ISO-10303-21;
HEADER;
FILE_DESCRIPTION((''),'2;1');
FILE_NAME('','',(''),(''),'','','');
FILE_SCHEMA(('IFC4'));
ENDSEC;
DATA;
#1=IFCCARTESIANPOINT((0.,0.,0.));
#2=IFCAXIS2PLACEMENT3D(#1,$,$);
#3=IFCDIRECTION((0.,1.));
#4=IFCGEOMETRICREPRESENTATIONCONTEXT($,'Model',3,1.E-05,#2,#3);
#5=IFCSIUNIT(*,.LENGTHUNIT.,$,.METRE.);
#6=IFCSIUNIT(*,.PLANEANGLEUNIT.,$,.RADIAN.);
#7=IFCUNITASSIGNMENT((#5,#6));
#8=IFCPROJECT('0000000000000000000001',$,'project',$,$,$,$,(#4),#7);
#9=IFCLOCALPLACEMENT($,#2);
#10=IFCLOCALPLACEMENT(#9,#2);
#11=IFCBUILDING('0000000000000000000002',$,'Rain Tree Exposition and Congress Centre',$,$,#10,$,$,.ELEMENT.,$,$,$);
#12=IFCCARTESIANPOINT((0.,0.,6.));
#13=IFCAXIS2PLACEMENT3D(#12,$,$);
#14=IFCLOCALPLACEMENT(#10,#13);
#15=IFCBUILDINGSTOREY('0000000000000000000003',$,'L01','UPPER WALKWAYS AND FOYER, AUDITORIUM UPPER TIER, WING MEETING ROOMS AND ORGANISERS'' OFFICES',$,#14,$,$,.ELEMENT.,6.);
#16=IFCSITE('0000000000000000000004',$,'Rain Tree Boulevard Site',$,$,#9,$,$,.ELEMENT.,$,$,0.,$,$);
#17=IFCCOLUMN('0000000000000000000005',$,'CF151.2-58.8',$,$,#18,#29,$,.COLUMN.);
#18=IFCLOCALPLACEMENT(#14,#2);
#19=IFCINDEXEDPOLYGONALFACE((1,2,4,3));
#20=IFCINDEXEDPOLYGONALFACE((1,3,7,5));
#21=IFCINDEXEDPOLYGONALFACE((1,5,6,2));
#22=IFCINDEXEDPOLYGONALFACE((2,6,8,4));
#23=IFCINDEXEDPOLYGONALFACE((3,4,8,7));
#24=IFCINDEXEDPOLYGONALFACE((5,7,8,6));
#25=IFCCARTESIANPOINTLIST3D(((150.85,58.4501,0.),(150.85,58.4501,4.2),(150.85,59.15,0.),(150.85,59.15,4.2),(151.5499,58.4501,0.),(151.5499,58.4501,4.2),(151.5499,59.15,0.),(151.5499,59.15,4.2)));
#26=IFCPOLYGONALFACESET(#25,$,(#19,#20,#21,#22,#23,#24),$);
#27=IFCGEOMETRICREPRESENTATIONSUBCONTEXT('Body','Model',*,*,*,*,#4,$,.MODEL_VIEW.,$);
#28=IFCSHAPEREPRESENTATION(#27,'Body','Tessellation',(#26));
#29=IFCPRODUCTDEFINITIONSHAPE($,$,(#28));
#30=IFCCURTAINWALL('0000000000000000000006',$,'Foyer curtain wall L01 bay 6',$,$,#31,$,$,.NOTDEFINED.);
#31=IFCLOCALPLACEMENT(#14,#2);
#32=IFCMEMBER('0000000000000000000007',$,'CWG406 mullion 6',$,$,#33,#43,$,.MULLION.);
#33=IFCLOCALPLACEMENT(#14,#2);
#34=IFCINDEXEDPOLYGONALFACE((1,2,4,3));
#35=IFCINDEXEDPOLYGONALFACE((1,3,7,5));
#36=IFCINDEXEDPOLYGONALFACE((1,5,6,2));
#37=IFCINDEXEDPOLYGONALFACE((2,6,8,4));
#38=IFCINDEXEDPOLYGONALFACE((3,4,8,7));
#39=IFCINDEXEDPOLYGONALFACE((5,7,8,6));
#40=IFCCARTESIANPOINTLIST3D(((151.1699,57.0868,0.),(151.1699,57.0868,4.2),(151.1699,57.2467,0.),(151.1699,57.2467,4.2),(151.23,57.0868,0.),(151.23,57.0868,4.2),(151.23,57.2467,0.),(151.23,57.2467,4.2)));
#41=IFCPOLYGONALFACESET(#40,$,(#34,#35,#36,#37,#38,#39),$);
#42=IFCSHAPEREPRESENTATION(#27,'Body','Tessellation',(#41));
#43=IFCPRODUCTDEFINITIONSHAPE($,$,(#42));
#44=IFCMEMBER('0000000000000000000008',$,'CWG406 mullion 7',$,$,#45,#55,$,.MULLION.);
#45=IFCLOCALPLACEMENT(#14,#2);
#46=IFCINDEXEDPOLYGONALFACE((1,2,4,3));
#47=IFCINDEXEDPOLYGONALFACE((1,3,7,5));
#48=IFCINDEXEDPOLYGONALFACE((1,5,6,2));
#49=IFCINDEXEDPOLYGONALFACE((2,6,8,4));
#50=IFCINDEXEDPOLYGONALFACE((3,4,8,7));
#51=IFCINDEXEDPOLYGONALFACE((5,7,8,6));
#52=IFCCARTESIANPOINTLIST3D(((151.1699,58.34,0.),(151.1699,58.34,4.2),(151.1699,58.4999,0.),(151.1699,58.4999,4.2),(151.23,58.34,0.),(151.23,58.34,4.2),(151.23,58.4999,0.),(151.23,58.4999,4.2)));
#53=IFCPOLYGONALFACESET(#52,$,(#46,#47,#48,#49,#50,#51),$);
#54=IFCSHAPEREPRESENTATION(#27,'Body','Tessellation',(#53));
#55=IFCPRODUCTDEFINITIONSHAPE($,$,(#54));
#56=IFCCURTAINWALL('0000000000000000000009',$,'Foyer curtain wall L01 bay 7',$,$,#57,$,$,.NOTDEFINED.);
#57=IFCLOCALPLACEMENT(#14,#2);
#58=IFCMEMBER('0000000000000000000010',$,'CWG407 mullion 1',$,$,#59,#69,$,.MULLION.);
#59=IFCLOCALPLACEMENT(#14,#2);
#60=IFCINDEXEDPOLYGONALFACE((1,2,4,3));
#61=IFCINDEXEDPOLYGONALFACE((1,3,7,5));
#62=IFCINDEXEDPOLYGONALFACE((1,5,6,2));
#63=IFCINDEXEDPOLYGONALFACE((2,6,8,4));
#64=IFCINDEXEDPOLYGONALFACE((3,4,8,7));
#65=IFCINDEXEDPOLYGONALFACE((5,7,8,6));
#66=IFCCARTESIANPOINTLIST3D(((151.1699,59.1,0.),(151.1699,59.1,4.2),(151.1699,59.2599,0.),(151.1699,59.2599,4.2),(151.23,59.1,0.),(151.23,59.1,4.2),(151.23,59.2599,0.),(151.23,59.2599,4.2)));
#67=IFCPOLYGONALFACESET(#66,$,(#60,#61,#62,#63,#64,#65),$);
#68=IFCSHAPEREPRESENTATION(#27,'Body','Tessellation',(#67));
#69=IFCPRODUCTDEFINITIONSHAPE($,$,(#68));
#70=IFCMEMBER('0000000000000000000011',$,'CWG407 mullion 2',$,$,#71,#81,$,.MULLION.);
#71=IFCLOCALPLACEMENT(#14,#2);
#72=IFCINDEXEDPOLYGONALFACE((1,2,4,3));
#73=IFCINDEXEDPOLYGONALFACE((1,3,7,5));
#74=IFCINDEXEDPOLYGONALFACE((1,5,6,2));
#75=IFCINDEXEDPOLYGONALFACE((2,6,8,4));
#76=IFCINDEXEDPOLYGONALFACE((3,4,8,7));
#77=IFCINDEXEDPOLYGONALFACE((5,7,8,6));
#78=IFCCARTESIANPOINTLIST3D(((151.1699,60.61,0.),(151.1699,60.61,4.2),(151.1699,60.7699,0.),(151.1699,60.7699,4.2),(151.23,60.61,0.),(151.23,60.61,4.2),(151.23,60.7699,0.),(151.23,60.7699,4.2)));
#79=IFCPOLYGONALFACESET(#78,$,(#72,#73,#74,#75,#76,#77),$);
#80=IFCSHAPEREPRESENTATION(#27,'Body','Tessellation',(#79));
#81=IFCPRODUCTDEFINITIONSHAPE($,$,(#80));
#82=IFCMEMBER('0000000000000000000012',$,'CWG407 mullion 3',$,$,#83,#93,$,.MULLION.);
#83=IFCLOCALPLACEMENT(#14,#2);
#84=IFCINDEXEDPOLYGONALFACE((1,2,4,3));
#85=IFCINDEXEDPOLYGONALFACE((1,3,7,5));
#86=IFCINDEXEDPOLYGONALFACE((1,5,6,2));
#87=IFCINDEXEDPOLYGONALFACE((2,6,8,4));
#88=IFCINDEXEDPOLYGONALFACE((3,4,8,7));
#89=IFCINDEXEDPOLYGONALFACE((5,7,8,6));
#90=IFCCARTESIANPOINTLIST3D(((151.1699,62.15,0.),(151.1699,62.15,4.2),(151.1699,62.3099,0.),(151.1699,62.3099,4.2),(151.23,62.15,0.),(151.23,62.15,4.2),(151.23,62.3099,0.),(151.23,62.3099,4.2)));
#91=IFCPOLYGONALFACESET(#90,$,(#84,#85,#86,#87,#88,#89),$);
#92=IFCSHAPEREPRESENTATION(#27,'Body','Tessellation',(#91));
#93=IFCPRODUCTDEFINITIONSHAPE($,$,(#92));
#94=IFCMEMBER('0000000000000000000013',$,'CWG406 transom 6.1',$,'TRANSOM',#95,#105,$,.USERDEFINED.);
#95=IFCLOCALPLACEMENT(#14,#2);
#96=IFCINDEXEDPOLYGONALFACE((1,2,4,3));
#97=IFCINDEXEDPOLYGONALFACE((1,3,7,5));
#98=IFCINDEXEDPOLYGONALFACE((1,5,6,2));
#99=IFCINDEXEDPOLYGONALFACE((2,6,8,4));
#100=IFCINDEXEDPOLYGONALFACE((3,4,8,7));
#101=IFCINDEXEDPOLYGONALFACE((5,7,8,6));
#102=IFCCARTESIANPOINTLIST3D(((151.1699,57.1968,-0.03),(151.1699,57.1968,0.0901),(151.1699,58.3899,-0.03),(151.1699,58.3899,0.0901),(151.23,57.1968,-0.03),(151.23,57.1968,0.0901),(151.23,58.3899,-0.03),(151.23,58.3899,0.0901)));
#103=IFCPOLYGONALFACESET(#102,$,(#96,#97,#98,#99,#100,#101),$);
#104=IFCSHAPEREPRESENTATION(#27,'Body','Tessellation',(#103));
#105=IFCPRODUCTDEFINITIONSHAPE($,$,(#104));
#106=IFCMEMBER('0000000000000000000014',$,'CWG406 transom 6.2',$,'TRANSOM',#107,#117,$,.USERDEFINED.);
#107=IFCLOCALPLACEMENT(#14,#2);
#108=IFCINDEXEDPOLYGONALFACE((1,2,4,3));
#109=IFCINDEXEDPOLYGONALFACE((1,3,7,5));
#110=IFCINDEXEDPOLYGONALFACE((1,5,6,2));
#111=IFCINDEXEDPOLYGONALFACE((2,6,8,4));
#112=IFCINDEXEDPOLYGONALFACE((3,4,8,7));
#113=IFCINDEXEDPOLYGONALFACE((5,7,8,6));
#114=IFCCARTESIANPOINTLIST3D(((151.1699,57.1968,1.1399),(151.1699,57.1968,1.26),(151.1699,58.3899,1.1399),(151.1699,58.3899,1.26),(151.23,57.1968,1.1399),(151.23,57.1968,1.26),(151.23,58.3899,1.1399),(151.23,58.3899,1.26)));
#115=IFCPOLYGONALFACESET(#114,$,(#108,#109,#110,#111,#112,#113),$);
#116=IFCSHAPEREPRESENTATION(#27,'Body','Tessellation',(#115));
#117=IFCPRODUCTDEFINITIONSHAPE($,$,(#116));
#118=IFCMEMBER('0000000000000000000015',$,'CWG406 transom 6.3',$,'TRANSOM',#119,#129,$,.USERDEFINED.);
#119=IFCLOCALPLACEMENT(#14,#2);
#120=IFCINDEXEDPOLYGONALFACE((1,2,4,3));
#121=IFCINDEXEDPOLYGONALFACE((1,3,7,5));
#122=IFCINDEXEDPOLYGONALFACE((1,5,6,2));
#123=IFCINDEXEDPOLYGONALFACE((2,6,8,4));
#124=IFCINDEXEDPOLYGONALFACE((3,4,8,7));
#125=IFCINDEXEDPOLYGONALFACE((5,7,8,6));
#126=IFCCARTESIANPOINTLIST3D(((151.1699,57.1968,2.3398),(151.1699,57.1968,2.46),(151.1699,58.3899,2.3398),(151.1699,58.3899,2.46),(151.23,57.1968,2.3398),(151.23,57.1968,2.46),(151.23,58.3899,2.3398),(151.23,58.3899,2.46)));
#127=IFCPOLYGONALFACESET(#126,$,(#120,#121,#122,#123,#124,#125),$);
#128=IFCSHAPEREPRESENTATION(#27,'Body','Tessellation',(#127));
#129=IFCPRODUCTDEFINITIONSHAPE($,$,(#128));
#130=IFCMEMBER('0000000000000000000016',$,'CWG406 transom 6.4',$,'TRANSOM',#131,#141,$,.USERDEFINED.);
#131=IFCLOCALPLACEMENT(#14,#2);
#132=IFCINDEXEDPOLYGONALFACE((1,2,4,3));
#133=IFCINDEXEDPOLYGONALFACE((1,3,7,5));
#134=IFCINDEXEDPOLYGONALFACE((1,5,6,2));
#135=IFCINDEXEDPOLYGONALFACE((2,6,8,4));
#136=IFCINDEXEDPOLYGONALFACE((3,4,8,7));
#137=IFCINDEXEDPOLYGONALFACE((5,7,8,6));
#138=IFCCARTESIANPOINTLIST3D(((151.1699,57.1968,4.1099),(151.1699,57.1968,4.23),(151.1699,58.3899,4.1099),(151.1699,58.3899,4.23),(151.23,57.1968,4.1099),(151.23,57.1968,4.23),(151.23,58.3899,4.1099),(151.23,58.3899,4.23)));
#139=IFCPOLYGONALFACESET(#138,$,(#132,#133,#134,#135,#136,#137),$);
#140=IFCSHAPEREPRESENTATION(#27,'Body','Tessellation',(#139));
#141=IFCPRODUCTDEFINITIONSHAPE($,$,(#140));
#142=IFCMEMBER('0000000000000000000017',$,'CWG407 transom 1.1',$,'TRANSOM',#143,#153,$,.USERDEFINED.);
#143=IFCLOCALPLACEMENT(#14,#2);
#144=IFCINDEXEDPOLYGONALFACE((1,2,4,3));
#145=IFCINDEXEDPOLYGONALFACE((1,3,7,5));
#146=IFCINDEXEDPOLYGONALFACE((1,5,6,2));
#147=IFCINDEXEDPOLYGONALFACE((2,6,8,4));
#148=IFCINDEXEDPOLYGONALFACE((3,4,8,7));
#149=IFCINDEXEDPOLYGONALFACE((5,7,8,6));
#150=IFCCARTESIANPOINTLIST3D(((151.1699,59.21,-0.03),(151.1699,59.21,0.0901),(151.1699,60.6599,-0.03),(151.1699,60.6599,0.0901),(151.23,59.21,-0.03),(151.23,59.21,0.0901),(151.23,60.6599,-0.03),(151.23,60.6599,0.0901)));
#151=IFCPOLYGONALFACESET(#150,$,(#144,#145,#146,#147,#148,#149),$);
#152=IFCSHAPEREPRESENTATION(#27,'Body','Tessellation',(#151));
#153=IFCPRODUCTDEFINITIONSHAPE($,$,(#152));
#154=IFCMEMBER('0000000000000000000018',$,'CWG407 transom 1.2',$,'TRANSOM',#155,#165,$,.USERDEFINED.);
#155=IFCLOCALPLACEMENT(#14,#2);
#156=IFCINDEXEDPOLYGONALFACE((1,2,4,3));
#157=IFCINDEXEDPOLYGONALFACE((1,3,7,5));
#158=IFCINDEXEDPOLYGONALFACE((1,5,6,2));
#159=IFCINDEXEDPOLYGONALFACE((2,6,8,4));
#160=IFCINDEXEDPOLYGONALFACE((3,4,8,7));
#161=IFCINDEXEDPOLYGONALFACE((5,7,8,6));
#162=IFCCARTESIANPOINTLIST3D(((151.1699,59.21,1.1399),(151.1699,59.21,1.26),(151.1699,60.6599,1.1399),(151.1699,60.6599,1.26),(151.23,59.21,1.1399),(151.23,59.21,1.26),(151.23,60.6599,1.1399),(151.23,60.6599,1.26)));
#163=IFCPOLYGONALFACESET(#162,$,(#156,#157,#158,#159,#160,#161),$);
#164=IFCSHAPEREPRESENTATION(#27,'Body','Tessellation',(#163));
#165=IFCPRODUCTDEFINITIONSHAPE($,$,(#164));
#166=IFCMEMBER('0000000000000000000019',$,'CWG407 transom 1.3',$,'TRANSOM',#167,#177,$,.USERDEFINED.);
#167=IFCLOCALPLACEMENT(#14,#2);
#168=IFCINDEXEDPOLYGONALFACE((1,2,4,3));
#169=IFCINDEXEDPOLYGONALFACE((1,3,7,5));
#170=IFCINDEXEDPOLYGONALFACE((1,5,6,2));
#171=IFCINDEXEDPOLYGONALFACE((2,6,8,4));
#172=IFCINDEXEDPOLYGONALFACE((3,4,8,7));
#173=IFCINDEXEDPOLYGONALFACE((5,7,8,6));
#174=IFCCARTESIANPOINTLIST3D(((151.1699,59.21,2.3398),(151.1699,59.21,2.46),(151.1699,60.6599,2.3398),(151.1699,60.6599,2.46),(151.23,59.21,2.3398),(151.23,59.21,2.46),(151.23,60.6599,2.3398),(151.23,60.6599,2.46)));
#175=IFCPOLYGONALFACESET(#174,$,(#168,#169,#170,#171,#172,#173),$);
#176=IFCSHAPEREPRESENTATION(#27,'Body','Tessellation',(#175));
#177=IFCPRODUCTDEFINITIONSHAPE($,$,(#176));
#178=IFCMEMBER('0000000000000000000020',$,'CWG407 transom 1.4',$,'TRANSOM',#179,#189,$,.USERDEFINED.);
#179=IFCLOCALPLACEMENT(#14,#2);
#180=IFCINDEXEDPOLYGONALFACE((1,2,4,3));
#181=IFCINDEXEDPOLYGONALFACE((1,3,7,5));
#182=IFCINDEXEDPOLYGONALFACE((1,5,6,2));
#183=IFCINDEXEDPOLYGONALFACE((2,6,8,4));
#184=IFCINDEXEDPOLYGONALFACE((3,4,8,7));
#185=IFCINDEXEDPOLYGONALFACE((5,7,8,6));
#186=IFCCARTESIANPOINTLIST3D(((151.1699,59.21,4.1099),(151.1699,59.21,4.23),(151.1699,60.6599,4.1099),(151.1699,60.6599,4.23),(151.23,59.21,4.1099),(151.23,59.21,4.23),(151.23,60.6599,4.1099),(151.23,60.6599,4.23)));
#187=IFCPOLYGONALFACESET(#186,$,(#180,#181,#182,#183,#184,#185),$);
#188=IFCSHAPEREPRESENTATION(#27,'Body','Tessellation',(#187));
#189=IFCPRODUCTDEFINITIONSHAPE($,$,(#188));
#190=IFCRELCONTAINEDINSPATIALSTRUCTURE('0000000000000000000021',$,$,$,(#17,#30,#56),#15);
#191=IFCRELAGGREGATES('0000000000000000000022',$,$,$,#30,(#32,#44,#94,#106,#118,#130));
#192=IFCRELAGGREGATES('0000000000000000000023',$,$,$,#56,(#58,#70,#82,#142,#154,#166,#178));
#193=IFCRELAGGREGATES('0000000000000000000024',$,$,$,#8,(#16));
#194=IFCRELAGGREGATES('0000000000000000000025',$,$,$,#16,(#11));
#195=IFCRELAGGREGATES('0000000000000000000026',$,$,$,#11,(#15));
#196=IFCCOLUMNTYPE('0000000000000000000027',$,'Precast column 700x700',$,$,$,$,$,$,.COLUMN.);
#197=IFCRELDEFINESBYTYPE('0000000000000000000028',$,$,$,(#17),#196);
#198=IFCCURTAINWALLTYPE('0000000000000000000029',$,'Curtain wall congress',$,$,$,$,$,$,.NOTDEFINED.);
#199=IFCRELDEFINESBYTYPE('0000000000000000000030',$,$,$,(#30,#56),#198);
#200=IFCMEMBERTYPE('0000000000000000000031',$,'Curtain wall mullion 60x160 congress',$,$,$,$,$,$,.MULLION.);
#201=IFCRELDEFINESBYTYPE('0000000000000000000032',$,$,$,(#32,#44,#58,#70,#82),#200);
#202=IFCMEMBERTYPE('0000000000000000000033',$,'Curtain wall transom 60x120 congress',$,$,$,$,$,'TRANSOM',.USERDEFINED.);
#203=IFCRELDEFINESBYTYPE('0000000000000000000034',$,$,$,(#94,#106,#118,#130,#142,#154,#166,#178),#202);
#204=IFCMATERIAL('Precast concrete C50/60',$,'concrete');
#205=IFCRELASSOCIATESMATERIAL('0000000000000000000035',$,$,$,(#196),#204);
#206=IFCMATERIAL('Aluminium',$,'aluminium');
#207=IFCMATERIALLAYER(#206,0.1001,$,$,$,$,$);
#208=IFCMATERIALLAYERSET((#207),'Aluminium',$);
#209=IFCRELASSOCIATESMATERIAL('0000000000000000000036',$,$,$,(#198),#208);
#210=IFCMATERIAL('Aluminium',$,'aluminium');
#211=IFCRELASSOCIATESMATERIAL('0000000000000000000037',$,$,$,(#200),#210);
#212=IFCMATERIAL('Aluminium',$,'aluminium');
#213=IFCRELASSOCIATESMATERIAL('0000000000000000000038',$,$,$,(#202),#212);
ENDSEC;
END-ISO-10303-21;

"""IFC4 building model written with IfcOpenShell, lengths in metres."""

from ifc_helpers import new_model, si_unit, direction, frame, origin, origin_2d, place, context, subcontext, project, spatial, rectangle, extrude, material, layer, layer_set, material_profile, profile_set, type_object, element, aggregate, save


model = new_model("IFC4")

# Units and contexts
model_context = context("Model", 3, precision=1e-05, world=origin(), true_north=direction((0.0, 1.0)))
body_context = subcontext(model_context, "Body", "Model", "MODEL_VIEW")
ifc_project = project(units=[si_unit("LENGTHUNIT", "METRE"), si_unit("PLANEANGLEUNIT", "RADIAN")], contexts=[model_context])

# Site, building, storey
site_placement = place(None, origin())
site = spatial("IfcSite", under=ifc_project, at=site_placement, Name="Rain Tree Boulevard Site", CompositionType="ELEMENT", RefElevation=0.0)
building_placement = place(site_placement, origin())
building = spatial("IfcBuilding", under=site, at=building_placement, Name="Rain Tree Exposition and Congress Centre", CompositionType="ELEMENT")
storey_placement = place(building_placement, frame((0.0, 0.0, 6.0)))
storey = spatial("IfcBuildingStorey", under=building, at=storey_placement, Name="L01", Description="UPPER WALKWAYS AND FOYER, AUDITORIUM UPPER TIER, WING MEETING ROOMS AND ORGANISERS' OFFICES", CompositionType="ELEMENT", Elevation=6.0)

# Column
ifc_material_1 = material(Name="Precast concrete C50/60", Category="concrete")
ifc_material_profile_1 = material_profile(ifc_material_1, rectangle(XDim=0.7, YDim=0.7, at=origin_2d()), Name="RC 700x700")
ifc_profile_set_1 = profile_set([ifc_material_profile_1], Name="Precast concrete C50/60")
column_type = type_object("IfcColumnType", Name="Precast column 700x700", PredefinedType="COLUMN", material=ifc_profile_set_1)
column_placement = place(storey_placement, frame((151.2, 58.8, 0.0), z_axis=(0.0, 0.0, 1.0), x_axis=(1.0, 0.0, 0.0)))
element("IfcColumn", 1, at=column_placement, inside=storey, type_object=column_type, Name="CF151.2-58.8", PredefinedType="COLUMN", context=body_context, shape_type="SweptSolid", body=[
    extrude(rectangle(XDim=0.7, YDim=0.7, at=origin_2d()), origin(), (0.0, 0.0, 1.0), 4.2),
])

# Curtain walls, members
ifc_material_2 = material(Name="Aluminium", Category="aluminium")
ifc_layer_1 = layer(ifc_material_2, 0.1001)
ifc_layer_set_1 = layer_set([ifc_layer_1], Name="Aluminium")
curtain_wall_type = type_object("IfcCurtainWallType", Name="Curtain wall congress", PredefinedType="NOTDEFINED", material=ifc_layer_set_1)
curtain_wall_1_placement = place(storey_placement, origin())
curtain_wall_1 = element("IfcCurtainWall", 2, at=curtain_wall_1_placement, inside=storey, type_object=curtain_wall_type, Name="Foyer curtain wall L01 bay 6", PredefinedType="NOTDEFINED")
ifc_material_3 = material(Name="Aluminium", Category="aluminium")
ifc_material_profile_2 = material_profile(ifc_material_3, rectangle(XDim=0.0601, YDim=0.1599, at=origin_2d()), Name="AL 60x160")
ifc_profile_set_2 = profile_set([ifc_material_profile_2], Name="Aluminium")
member_type_1 = type_object("IfcMemberType", Name="Curtain wall mullion 60x160 congress", PredefinedType="MULLION", material=ifc_profile_set_2)
member_1_placement = place(storey_placement, frame((151.2, 57.1667, 0.0), z_axis=(0.0, 0.0, 1.0), x_axis=(-1.0, 0.0, 0.0)))
member_1 = element("IfcMember", 3, at=member_1_placement, type_object=member_type_1, Name="CWG406 mullion 6", PredefinedType="MULLION", context=body_context, shape_type="SweptSolid", body=[
    extrude(rectangle(XDim=0.0601, YDim=0.1599, at=origin_2d()), origin(), (0.0, 0.0, 1.0), 4.2),
])
member_2_placement = place(storey_placement, frame((151.2, 58.4199, 0.0), z_axis=(0.0, 0.0, 1.0), x_axis=(-1.0, 0.0, 0.0)))
member_2 = element("IfcMember", 4, at=member_2_placement, type_object=member_type_1, Name="CWG406 mullion 7", PredefinedType="MULLION", context=body_context, shape_type="SweptSolid", body=[
    extrude(rectangle(XDim=0.0601, YDim=0.1599, at=origin_2d()), origin(), (0.0, 0.0, 1.0), 4.2),
])
curtain_wall_2_placement = place(storey_placement, origin())
curtain_wall_2 = element("IfcCurtainWall", 5, at=curtain_wall_2_placement, inside=storey, type_object=curtain_wall_type, Name="Foyer curtain wall L01 bay 7", PredefinedType="NOTDEFINED")
member_3_placement = place(storey_placement, frame((151.2, 59.1799, 0.0), z_axis=(0.0, 0.0, 1.0), x_axis=(-1.0, 0.0, 0.0)))
member_3 = element("IfcMember", 6, at=member_3_placement, type_object=member_type_1, Name="CWG407 mullion 1", PredefinedType="MULLION", context=body_context, shape_type="SweptSolid", body=[
    extrude(rectangle(XDim=0.0601, YDim=0.1599, at=origin_2d()), origin(), (0.0, 0.0, 1.0), 4.2),
])
member_4_placement = place(storey_placement, frame((151.2, 60.6899, 0.0), z_axis=(0.0, 0.0, 1.0), x_axis=(-1.0, 0.0, 0.0)))
member_4 = element("IfcMember", 7, at=member_4_placement, type_object=member_type_1, Name="CWG407 mullion 2", PredefinedType="MULLION", context=body_context, shape_type="SweptSolid", body=[
    extrude(rectangle(XDim=0.0601, YDim=0.1599, at=origin_2d()), origin(), (0.0, 0.0, 1.0), 4.2),
])
member_5_placement = place(storey_placement, frame((151.2, 62.23, 0.0), z_axis=(0.0, 0.0, 1.0), x_axis=(-1.0, 0.0, 0.0)))
member_5 = element("IfcMember", 8, at=member_5_placement, type_object=member_type_1, Name="CWG407 mullion 3", PredefinedType="MULLION", context=body_context, shape_type="SweptSolid", body=[
    extrude(rectangle(XDim=0.0601, YDim=0.1599, at=origin_2d()), origin(), (0.0, 0.0, 1.0), 4.2),
])

# Members
ifc_material_4 = material(Name="Aluminium", Category="aluminium")
ifc_material_profile_3 = material_profile(ifc_material_4, rectangle(XDim=0.0601, YDim=0.1201, at=origin_2d()), Name="AL 60x120")
ifc_profile_set_3 = profile_set([ifc_material_profile_3], Name="Aluminium")
member_type_2 = type_object("IfcMemberType", Name="Curtain wall transom 60x120 congress", ElementType="TRANSOM", PredefinedType="USERDEFINED", material=ifc_profile_set_3)
member_6_placement = place(storey_placement, frame((151.2, 57.1968, 0.03), z_axis=(0.0, 1.0, 0.0), x_axis=(-1.0, 0.0, 0.0)))
member_6 = element("IfcMember", 9, at=member_6_placement, type_object=member_type_2, Name="CWG406 transom 6.1", ObjectType="TRANSOM", PredefinedType="USERDEFINED", context=body_context, shape_type="SweptSolid", body=[
    extrude(rectangle(XDim=0.0601, YDim=0.1201, at=origin_2d()), origin(), (0.0, 0.0, 1.0), 1.1931),
])
member_7_placement = place(storey_placement, frame((151.2, 57.1968, 1.2), z_axis=(0.0, 1.0, 0.0), x_axis=(-1.0, 0.0, 0.0)))
member_7 = element("IfcMember", 10, at=member_7_placement, type_object=member_type_2, Name="CWG406 transom 6.2", ObjectType="TRANSOM", PredefinedType="USERDEFINED", context=body_context, shape_type="SweptSolid", body=[
    extrude(rectangle(XDim=0.0601, YDim=0.1201, at=origin_2d()), origin(), (0.0, 0.0, 1.0), 1.1931),
])
member_8_placement = place(storey_placement, frame((151.2, 57.1968, 2.3999), z_axis=(0.0, 1.0, 0.0), x_axis=(-1.0, 0.0, 0.0)))
member_8 = element("IfcMember", 11, at=member_8_placement, type_object=member_type_2, Name="CWG406 transom 6.3", ObjectType="TRANSOM", PredefinedType="USERDEFINED", context=body_context, shape_type="SweptSolid", body=[
    extrude(rectangle(XDim=0.0601, YDim=0.1201, at=origin_2d()), origin(), (0.0, 0.0, 1.0), 1.1931),
])
member_9_placement = place(storey_placement, frame((151.2, 57.1968, 4.1699), z_axis=(0.0, 1.0, 0.0), x_axis=(-1.0, 0.0, 0.0)))
member_9 = element("IfcMember", 12, at=member_9_placement, type_object=member_type_2, Name="CWG406 transom 6.4", ObjectType="TRANSOM", PredefinedType="USERDEFINED", context=body_context, shape_type="SweptSolid", body=[
    extrude(rectangle(XDim=0.0601, YDim=0.1201, at=origin_2d()), origin(), (0.0, 0.0, 1.0), 1.1931),
])
member_10_placement = place(storey_placement, frame((151.2, 59.21, 0.03), z_axis=(0.0, 1.0, 0.0), x_axis=(-1.0, 0.0, 0.0)))
member_10 = element("IfcMember", 13, at=member_10_placement, type_object=member_type_2, Name="CWG407 transom 1.1", ObjectType="TRANSOM", PredefinedType="USERDEFINED", context=body_context, shape_type="SweptSolid", body=[
    extrude(rectangle(XDim=0.0601, YDim=0.1201, at=origin_2d()), origin(), (0.0, 0.0, 1.0), 1.45),
])
member_11_placement = place(storey_placement, frame((151.2, 59.21, 1.2), z_axis=(0.0, 1.0, 0.0), x_axis=(-1.0, 0.0, 0.0)))
member_11 = element("IfcMember", 14, at=member_11_placement, type_object=member_type_2, Name="CWG407 transom 1.2", ObjectType="TRANSOM", PredefinedType="USERDEFINED", context=body_context, shape_type="SweptSolid", body=[
    extrude(rectangle(XDim=0.0601, YDim=0.1201, at=origin_2d()), origin(), (0.0, 0.0, 1.0), 1.45),
])
member_12_placement = place(storey_placement, frame((151.2, 59.21, 2.3999), z_axis=(0.0, 1.0, 0.0), x_axis=(-1.0, 0.0, 0.0)))
member_12 = element("IfcMember", 15, at=member_12_placement, type_object=member_type_2, Name="CWG407 transom 1.3", ObjectType="TRANSOM", PredefinedType="USERDEFINED", context=body_context, shape_type="SweptSolid", body=[
    extrude(rectangle(XDim=0.0601, YDim=0.1201, at=origin_2d()), origin(), (0.0, 0.0, 1.0), 1.45),
])
member_13_placement = place(storey_placement, frame((151.2, 59.21, 4.1699), z_axis=(0.0, 1.0, 0.0), x_axis=(-1.0, 0.0, 0.0)))
member_13 = element("IfcMember", 16, at=member_13_placement, type_object=member_type_2, Name="CWG407 transom 1.4", ObjectType="TRANSOM", PredefinedType="USERDEFINED", context=body_context, shape_type="SweptSolid", body=[
    extrude(rectangle(XDim=0.0601, YDim=0.1201, at=origin_2d()), origin(), (0.0, 0.0, 1.0), 1.45),
])

aggregate(curtain_wall_1, [member_1, member_2, member_6, member_7, member_8, member_9])
aggregate(curtain_wall_2, [member_3, member_4, member_5, member_10, member_11, member_12, member_13])

save(model, "model.ifc")
